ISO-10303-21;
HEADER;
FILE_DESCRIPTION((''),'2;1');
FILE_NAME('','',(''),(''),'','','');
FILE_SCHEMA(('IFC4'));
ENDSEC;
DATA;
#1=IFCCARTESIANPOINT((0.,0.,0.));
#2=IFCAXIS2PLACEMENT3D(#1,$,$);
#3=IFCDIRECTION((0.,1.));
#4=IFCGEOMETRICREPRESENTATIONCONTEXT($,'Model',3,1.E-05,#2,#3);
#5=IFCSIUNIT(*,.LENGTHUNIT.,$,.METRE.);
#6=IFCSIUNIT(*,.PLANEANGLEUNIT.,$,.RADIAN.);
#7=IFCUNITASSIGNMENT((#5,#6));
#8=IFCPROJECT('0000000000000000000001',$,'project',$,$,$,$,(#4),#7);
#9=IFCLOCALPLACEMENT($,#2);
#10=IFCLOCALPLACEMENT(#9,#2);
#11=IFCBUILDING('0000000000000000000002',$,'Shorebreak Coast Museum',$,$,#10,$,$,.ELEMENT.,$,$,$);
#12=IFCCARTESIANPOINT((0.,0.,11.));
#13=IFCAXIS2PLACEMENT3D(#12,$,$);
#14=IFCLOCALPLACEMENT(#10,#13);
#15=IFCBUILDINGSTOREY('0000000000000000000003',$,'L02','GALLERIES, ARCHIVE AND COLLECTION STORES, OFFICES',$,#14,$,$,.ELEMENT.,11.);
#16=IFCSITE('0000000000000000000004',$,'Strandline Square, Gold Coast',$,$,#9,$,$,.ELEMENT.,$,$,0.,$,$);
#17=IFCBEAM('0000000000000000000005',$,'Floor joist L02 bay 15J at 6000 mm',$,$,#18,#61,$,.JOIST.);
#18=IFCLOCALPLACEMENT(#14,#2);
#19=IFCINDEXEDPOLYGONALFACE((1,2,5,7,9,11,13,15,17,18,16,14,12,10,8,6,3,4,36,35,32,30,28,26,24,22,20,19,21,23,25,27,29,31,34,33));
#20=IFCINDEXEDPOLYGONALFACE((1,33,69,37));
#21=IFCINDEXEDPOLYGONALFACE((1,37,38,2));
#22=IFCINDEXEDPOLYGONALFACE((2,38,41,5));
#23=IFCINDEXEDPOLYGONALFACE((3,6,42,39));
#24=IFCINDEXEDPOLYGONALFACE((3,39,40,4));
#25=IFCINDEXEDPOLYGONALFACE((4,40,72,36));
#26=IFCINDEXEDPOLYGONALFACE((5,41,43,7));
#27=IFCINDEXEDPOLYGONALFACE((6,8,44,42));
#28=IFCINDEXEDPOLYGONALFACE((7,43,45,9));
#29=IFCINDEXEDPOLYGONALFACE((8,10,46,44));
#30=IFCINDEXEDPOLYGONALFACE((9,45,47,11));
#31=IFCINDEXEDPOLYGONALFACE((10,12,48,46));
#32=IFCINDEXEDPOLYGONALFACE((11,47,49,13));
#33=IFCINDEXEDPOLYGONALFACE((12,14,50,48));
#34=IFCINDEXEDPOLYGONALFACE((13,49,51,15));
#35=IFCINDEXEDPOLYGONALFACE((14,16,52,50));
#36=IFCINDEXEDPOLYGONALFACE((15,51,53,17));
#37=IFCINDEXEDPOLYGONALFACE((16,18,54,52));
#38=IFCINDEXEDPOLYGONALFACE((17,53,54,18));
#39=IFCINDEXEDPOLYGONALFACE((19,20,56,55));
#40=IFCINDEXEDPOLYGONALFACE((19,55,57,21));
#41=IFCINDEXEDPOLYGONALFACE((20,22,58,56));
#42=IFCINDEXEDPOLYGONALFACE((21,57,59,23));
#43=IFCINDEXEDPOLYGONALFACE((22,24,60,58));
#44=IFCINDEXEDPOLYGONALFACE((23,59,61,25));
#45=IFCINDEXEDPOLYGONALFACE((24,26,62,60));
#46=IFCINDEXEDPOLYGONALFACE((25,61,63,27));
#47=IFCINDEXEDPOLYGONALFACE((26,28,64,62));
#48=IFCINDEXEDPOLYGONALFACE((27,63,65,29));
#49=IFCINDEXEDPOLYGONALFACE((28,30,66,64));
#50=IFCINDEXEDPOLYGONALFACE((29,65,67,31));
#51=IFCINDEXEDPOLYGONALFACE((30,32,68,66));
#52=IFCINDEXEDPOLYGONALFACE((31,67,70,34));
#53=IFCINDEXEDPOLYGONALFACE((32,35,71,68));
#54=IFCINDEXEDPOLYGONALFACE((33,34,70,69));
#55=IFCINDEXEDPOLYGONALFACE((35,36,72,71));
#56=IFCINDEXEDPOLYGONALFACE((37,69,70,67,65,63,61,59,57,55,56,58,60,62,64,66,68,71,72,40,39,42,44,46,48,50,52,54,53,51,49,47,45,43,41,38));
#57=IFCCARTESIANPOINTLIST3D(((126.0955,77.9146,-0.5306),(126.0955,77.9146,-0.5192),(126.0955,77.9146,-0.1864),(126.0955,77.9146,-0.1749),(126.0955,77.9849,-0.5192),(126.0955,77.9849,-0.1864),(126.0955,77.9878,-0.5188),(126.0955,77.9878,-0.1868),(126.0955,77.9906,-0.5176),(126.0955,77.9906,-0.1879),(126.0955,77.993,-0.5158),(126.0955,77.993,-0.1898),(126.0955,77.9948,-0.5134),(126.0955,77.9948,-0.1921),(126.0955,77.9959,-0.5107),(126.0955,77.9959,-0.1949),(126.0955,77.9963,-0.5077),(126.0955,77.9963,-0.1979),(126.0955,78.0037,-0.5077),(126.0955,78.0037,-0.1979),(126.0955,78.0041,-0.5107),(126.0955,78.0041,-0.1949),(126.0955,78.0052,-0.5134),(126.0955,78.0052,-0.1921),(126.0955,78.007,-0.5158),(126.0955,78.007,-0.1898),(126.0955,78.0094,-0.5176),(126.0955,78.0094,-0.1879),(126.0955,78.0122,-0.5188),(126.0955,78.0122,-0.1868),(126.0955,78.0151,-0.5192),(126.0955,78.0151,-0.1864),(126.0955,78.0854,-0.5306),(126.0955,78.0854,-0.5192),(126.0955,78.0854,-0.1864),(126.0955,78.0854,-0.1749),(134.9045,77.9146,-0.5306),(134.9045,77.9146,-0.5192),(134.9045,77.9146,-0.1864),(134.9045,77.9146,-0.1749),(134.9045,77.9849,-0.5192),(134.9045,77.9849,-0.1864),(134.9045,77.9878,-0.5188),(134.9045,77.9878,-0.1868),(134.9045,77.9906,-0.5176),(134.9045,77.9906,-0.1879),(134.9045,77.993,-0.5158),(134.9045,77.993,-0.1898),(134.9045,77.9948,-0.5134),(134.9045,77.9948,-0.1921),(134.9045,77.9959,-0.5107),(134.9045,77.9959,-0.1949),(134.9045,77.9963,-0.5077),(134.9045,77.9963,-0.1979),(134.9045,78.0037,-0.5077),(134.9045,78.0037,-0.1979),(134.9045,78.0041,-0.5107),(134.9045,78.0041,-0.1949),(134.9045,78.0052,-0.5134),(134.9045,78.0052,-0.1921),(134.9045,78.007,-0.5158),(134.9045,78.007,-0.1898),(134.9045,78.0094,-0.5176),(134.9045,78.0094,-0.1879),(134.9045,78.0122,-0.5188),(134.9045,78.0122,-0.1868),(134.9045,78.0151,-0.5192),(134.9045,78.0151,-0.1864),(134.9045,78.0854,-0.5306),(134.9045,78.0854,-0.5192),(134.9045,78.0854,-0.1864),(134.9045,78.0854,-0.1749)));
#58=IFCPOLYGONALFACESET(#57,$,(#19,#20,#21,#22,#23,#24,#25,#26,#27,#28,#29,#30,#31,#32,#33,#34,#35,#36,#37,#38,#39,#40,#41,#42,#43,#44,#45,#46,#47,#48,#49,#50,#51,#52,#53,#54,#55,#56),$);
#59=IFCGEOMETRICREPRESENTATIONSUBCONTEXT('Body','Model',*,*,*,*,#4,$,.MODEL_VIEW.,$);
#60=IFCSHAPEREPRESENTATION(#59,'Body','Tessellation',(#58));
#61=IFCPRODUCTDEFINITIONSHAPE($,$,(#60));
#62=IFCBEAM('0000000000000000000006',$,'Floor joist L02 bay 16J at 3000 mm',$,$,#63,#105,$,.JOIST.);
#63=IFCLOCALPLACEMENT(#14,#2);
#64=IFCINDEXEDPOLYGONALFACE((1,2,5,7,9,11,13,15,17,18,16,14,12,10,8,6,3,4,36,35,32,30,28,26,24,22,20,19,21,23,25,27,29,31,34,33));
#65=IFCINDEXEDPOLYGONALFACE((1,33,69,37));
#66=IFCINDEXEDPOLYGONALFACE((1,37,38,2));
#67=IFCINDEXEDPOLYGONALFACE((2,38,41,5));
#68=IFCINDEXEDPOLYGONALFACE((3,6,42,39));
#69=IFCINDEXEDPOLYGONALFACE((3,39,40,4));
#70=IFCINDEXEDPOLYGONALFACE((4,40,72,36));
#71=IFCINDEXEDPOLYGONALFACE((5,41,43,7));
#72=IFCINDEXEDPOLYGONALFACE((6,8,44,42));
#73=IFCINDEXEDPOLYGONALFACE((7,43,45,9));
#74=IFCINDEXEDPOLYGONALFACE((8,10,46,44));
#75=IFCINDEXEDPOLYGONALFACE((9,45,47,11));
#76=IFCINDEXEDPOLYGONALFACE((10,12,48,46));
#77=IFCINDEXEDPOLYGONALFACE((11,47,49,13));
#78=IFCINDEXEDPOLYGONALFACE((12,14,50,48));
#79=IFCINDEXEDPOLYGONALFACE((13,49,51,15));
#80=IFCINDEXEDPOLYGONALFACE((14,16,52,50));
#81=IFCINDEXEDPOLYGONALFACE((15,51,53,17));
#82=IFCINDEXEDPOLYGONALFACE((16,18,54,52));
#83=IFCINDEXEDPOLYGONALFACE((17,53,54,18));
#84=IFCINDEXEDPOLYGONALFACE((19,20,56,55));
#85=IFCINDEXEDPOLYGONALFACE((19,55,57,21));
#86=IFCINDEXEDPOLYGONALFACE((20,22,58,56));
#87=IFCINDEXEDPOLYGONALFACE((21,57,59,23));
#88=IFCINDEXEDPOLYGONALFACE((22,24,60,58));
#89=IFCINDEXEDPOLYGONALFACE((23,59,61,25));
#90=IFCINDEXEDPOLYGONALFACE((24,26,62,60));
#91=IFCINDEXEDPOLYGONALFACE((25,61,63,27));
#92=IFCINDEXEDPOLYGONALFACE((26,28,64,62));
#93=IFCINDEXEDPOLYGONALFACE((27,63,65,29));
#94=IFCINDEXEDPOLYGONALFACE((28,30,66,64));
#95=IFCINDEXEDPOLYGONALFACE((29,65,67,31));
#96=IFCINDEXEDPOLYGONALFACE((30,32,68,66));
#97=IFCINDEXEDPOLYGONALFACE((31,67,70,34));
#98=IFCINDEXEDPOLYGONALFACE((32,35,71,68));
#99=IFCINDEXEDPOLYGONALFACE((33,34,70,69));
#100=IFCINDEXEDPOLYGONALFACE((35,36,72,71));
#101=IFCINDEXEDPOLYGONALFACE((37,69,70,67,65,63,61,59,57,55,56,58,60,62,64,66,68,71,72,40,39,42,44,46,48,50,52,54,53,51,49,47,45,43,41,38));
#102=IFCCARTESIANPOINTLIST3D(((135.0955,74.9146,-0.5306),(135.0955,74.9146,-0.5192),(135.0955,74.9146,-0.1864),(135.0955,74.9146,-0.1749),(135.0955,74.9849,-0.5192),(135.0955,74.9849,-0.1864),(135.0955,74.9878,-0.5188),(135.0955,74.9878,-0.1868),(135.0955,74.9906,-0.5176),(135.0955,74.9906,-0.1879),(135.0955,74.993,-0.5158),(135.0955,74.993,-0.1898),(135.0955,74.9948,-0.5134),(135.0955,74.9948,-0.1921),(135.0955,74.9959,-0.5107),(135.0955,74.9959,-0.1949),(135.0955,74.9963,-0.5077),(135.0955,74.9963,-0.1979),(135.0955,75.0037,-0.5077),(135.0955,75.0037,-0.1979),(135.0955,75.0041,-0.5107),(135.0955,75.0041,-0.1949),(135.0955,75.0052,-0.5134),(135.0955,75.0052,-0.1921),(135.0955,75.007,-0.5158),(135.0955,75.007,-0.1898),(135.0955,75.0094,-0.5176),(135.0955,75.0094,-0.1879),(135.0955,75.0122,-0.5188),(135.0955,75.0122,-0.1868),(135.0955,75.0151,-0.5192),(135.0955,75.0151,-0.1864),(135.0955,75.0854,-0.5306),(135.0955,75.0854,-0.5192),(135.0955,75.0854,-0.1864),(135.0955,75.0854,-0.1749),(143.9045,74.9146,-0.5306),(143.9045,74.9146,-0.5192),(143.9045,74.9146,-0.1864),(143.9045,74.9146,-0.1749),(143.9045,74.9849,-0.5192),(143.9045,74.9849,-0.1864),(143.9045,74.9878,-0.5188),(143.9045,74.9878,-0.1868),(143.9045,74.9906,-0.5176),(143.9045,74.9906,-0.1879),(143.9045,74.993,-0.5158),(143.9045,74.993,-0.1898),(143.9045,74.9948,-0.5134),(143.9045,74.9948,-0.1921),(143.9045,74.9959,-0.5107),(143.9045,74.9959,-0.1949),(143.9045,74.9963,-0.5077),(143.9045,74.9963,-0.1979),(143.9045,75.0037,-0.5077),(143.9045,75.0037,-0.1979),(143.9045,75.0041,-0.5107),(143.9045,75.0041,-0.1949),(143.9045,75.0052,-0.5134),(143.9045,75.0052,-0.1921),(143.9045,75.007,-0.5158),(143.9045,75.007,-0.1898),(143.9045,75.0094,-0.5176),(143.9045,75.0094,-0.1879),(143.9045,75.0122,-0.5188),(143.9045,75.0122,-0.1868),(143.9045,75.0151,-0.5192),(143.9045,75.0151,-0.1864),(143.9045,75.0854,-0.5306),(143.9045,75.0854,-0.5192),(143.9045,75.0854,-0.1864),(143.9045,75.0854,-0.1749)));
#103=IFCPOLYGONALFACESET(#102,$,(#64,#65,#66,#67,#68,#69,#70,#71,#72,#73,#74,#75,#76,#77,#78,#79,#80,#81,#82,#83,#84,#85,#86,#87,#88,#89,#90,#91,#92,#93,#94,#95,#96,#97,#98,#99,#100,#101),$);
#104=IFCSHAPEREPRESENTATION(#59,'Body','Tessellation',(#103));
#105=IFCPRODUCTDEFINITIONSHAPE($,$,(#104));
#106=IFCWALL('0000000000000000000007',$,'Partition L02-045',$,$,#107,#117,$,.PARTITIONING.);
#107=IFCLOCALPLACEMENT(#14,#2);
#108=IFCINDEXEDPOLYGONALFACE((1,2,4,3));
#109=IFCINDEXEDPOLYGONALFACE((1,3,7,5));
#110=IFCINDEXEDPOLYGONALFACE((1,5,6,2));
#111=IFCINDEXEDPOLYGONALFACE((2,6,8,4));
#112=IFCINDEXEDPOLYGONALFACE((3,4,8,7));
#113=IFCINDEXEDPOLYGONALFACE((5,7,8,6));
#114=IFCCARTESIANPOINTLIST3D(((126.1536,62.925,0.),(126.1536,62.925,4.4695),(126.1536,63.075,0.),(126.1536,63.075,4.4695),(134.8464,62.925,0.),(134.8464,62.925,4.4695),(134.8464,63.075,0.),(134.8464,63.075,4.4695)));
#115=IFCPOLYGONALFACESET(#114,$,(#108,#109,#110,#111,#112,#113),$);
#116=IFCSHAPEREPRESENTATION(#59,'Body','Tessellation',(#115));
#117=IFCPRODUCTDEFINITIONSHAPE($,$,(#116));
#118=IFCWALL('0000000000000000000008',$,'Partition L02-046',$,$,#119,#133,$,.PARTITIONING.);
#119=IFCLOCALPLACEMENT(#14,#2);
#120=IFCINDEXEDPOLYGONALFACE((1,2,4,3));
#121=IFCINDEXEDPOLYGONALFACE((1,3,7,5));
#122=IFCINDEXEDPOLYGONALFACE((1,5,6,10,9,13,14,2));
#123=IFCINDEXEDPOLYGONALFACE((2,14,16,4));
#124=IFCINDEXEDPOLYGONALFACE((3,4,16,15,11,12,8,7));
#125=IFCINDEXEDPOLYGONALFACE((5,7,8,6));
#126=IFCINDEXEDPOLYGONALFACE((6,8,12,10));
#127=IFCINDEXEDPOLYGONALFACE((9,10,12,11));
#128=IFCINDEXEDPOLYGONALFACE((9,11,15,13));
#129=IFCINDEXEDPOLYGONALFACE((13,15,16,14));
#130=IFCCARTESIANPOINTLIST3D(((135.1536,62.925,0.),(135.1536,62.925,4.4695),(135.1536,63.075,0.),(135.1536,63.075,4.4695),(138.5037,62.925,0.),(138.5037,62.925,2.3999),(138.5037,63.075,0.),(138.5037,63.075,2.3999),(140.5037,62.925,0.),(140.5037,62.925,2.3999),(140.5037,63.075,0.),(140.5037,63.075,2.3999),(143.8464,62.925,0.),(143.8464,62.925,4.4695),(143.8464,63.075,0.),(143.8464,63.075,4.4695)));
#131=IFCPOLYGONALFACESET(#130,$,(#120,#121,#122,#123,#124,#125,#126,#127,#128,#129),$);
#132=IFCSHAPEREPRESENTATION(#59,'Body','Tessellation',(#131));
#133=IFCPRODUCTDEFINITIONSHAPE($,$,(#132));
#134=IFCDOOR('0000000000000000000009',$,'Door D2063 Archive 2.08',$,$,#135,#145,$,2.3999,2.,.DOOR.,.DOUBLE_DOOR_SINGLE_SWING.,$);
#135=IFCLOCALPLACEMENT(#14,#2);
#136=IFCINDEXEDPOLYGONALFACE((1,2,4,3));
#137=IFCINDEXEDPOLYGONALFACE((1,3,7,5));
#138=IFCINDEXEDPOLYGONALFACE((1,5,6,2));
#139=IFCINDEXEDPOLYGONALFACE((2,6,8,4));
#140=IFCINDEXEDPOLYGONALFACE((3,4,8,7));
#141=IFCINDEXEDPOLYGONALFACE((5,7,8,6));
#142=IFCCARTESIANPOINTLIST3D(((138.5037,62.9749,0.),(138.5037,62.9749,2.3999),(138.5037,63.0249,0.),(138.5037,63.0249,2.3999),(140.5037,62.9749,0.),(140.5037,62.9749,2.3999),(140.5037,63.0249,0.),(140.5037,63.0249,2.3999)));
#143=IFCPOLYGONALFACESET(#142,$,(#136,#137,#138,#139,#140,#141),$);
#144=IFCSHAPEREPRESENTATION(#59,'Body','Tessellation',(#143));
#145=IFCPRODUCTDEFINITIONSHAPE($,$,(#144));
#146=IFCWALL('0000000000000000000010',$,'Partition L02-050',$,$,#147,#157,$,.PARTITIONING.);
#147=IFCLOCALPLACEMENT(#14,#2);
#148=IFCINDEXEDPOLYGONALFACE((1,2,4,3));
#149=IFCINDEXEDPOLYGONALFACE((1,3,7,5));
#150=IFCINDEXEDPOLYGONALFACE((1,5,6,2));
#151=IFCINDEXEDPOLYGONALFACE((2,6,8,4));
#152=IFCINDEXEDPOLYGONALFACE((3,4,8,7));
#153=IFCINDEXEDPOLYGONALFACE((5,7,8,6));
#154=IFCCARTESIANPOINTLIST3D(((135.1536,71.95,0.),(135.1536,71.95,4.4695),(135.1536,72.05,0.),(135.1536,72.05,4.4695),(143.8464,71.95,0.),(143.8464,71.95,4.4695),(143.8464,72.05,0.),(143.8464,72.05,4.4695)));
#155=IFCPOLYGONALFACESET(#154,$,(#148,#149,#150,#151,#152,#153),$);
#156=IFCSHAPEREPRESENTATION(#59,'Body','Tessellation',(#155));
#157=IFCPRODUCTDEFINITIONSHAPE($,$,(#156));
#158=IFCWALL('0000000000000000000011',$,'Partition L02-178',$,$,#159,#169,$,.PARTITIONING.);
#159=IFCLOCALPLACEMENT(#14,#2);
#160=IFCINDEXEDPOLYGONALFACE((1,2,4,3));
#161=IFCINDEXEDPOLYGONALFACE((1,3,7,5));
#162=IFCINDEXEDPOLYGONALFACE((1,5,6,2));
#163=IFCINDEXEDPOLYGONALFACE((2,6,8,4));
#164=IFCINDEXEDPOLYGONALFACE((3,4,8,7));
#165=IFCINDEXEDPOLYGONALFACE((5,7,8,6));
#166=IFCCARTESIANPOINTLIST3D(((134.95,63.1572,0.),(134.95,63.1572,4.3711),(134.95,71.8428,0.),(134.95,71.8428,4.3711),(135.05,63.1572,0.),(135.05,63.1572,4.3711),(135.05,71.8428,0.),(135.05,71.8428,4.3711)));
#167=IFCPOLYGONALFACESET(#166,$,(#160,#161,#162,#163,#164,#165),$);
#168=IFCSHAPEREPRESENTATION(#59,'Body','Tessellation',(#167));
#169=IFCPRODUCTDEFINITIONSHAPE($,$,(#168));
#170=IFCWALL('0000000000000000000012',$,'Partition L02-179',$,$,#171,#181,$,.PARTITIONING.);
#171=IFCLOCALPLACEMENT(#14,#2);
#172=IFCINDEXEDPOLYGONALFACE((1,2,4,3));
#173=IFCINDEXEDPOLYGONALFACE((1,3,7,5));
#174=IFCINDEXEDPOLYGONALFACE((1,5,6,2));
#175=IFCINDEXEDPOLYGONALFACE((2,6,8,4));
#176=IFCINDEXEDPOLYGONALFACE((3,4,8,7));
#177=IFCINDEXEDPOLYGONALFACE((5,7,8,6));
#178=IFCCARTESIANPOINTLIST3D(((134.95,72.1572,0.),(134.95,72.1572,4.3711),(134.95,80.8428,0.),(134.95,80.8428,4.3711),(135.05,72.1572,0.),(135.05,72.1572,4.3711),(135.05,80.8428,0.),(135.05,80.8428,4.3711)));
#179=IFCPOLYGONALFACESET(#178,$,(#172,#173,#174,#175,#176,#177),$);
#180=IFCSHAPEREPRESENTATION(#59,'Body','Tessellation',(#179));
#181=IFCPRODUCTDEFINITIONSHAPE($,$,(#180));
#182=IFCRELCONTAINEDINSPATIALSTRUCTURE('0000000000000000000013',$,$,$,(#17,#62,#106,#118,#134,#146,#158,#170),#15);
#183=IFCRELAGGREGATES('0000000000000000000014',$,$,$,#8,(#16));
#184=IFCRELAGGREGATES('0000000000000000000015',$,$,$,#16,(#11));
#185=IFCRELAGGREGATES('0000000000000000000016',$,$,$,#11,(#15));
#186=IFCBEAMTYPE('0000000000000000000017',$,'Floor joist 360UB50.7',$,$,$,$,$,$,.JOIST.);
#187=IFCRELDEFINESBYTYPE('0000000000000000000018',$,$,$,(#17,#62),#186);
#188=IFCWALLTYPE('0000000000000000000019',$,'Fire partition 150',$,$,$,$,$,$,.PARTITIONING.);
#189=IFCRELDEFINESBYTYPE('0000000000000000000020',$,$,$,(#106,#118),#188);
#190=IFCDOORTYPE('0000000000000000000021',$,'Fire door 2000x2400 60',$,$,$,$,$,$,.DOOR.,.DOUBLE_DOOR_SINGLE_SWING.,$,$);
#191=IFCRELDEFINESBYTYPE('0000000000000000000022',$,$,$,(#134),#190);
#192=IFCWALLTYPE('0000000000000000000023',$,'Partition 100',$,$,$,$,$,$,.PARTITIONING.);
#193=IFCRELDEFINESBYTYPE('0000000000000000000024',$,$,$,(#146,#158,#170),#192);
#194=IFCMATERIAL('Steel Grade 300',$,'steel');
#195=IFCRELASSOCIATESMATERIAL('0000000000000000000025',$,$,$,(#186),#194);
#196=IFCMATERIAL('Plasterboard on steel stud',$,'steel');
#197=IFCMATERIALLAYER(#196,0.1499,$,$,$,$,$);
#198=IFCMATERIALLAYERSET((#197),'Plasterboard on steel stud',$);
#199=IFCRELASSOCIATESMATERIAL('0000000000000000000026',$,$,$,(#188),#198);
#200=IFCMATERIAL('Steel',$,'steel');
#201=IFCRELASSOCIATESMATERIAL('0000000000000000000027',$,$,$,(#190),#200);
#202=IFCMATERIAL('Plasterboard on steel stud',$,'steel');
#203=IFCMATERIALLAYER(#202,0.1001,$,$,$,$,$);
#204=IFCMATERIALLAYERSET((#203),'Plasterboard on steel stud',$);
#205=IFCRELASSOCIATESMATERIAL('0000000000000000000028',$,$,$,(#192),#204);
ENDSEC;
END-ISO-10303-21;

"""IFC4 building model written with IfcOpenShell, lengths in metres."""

from ifc_helpers import new_model, si_unit, direction, frame, frame_2d, origin, origin_2d, place, context, subcontext, project, spatial, rectangle, i_section, extrude, material, layer, layer_set, material_profile, profile_set, type_object, element, fill, save


model = new_model("IFC4")

# Units and contexts
model_context = context("Model", 3, precision=1e-05, world=origin(), true_north=direction((0.0, 1.0)))
body_context = subcontext(model_context, "Body", "Model", "MODEL_VIEW")
ifc_project = project(units=[si_unit("LENGTHUNIT", "METRE"), si_unit("PLANEANGLEUNIT", "RADIAN")], contexts=[model_context])

# Site, building, storey
site_placement = place(None, origin())
site = spatial("IfcSite", under=ifc_project, at=site_placement, Name="Strandline Square, Gold Coast", CompositionType="ELEMENT", RefElevation=0.0)
building_placement = place(site_placement, origin())
building = spatial("IfcBuilding", under=site, at=building_placement, Name="Shorebreak Coast Museum", CompositionType="ELEMENT")
storey_placement = place(building_placement, frame((0.0, 0.0, 11.0)))
storey = spatial("IfcBuildingStorey", under=building, at=storey_placement, Name="L02", Description="GALLERIES, ARCHIVE AND COLLECTION STORES, OFFICES", CompositionType="ELEMENT", Elevation=11.0)

# Beams
ifc_material_1 = material(Name="Steel Grade 300", Category="steel")
ifc_material_profile_1 = material_profile(ifc_material_1, i_section(OverallWidth=0.1709, OverallDepth=0.3557, WebThickness=0.0073, FlangeThickness=0.0115, FilletRadius=0.0115, at=origin_2d()), Name="360UB50.7")
ifc_profile_set_1 = profile_set([ifc_material_profile_1], Name="Steel Grade 300")
beam_type_1 = type_object("IfcBeamType", Name="Floor joist 360UB50.7", PredefinedType="JOIST", material=ifc_profile_set_1)
for number, where, z_axis, x_axis, name in (
    (1, (126.0955, 78.0, -0.3528), (1.0, 0.0, 0.0), (0.0, 1.0, 0.0), "Floor joist L02 bay 15J at 6000 mm"),
    (2, (135.0955, 75.0, -0.3528), (1.0, 0.0, 0.0), (0.0, 1.0, 0.0), "Floor joist L02 bay 16J at 3000 mm"),
):
    element("IfcBeam", number, at=place(storey_placement, frame(where, z_axis=z_axis, x_axis=x_axis)), inside=storey, type_object=beam_type_1, Name=name, PredefinedType="JOIST", context=body_context, shape_type="SweptSolid", body=[
        extrude(i_section(OverallWidth=0.1709, OverallDepth=0.3557, WebThickness=0.0073, FlangeThickness=0.0115, FilletRadius=0.0115, at=origin_2d()), origin(), (0.0, 0.0, 1.0), 8.8091),
    ])

# Wall
ifc_material_2 = material(Name="Plasterboard on steel stud", Category="steel")
ifc_layer_1 = layer(ifc_material_2, 0.1499)
ifc_layer_set_1 = layer_set([ifc_layer_1], Name="Plasterboard on steel stud")
wall_type_1 = type_object("IfcWallType", Name="Fire partition 150", PredefinedType="PARTITIONING", material=ifc_layer_set_1)
wall_1_placement = place(storey_placement, frame((126.1536, 63.0, 0.0), z_axis=(0.0, 0.0, 1.0), x_axis=(1.0, 0.0, 0.0)))
element("IfcWall", 3, at=wall_1_placement, inside=storey, type_object=wall_type_1, Name="Partition L02-045", PredefinedType="PARTITIONING", context=body_context, shape_type="SweptSolid", body=[
    extrude(rectangle(XDim=8.6929, YDim=0.1499, at=frame_2d((4.3464, 0.0))), origin(), (0.0, 0.0, 1.0), 4.4695),
])

# Wall, opening, door
wall_2_placement = place(storey_placement, frame((135.1536, 63.0, 0.0), z_axis=(0.0, 0.0, 1.0), x_axis=(1.0, 0.0, 0.0)))
wall_2 = element("IfcWall", 4, at=wall_2_placement, inside=storey, type_object=wall_type_1, Name="Partition L02-046", PredefinedType="PARTITIONING", context=body_context, shape_type="SweptSolid", body=[
    extrude(rectangle(XDim=8.6929, YDim=0.1499, at=frame_2d((4.3464, 0.0))), origin(), (0.0, 0.0, 1.0), 4.4695),
])
opening_placement = place(wall_2_placement, frame((3.3501, 0.0, 0.0)))
opening = element("IfcOpeningElement", 5, at=opening_placement, cuts=wall_2, PredefinedType="OPENING", context=body_context, shape_type="SweptSolid", body=[
    extrude(rectangle(XDim=2.0, YDim=2.3999, at=frame_2d((1.0, 1.2))), frame((0.0, 0.085, 0.0), z_axis=(0.0, -1.0, 0.0), x_axis=(1.0, 0.0, 0.0)), (0.0, 0.0, 1.0), 0.1699),
])
ifc_material_3 = material(Name="Steel", Category="steel")
door_type = type_object("IfcDoorType", Name="Fire door 2000x2400 60", OperationType="DOUBLE_DOOR_SINGLE_SWING", PredefinedType="DOOR", material=ifc_material_3)
door_placement = place(opening_placement, origin())
door = element("IfcDoor", 6, at=door_placement, inside=storey, type_object=door_type, Name="Door D2063 Archive 2.08", OperationType="DOUBLE_DOOR_SINGLE_SWING", OverallHeight=2.3999, OverallWidth=2.0, PredefinedType="DOOR", context=body_context, shape_type="SweptSolid", body=[
    extrude(rectangle(XDim=2.0, YDim=2.3999, at=frame_2d((1.0, 1.2))), frame((0.0, 0.0249, 0.0), z_axis=(0.0, -1.0, 0.0), x_axis=(1.0, 0.0, 0.0)), (0.0, 0.0, 1.0), 0.05),
])
fill(opening, door)

# Walls
ifc_material_4 = material(Name="Plasterboard on steel stud", Category="steel")
ifc_layer_2 = layer(ifc_material_4, 0.1001)
ifc_layer_set_2 = layer_set([ifc_layer_2], Name="Plasterboard on steel stud")
wall_type_2 = type_object("IfcWallType", Name="Partition 100", PredefinedType="PARTITIONING", material=ifc_layer_set_2)
wall_3_placement = place(storey_placement, frame((135.1536, 72.0, 0.0), z_axis=(0.0, 0.0, 1.0), x_axis=(1.0, 0.0, 0.0)))
element("IfcWall", 7, at=wall_3_placement, inside=storey, type_object=wall_type_2, Name="Partition L02-050", PredefinedType="PARTITIONING", context=body_context, shape_type="SweptSolid", body=[
    extrude(rectangle(XDim=8.6929, YDim=0.1001, at=frame_2d((4.3464, 0.0))), origin(), (0.0, 0.0, 1.0), 4.4695),
])
for number, where, z_axis, x_axis, name in (
    (8, (135.0, 63.1572, 0.0), (0.0, 0.0, 1.0), (0.0, 1.0, 0.0), "Partition L02-178"),
    (9, (135.0, 72.1572, 0.0), (0.0, 0.0, 1.0), (0.0, 1.0, 0.0), "Partition L02-179"),
):
    element("IfcWall", number, at=place(storey_placement, frame(where, z_axis=z_axis, x_axis=x_axis)), inside=storey, type_object=wall_type_2, Name=name, PredefinedType="PARTITIONING", context=body_context, shape_type="SweptSolid", body=[
        extrude(rectangle(XDim=8.6855, YDim=0.1001, at=frame_2d((4.3428, 0.0))), origin(), (0.0, 0.0, 1.0), 4.3711),
    ])

save(model, "model.ifc")
